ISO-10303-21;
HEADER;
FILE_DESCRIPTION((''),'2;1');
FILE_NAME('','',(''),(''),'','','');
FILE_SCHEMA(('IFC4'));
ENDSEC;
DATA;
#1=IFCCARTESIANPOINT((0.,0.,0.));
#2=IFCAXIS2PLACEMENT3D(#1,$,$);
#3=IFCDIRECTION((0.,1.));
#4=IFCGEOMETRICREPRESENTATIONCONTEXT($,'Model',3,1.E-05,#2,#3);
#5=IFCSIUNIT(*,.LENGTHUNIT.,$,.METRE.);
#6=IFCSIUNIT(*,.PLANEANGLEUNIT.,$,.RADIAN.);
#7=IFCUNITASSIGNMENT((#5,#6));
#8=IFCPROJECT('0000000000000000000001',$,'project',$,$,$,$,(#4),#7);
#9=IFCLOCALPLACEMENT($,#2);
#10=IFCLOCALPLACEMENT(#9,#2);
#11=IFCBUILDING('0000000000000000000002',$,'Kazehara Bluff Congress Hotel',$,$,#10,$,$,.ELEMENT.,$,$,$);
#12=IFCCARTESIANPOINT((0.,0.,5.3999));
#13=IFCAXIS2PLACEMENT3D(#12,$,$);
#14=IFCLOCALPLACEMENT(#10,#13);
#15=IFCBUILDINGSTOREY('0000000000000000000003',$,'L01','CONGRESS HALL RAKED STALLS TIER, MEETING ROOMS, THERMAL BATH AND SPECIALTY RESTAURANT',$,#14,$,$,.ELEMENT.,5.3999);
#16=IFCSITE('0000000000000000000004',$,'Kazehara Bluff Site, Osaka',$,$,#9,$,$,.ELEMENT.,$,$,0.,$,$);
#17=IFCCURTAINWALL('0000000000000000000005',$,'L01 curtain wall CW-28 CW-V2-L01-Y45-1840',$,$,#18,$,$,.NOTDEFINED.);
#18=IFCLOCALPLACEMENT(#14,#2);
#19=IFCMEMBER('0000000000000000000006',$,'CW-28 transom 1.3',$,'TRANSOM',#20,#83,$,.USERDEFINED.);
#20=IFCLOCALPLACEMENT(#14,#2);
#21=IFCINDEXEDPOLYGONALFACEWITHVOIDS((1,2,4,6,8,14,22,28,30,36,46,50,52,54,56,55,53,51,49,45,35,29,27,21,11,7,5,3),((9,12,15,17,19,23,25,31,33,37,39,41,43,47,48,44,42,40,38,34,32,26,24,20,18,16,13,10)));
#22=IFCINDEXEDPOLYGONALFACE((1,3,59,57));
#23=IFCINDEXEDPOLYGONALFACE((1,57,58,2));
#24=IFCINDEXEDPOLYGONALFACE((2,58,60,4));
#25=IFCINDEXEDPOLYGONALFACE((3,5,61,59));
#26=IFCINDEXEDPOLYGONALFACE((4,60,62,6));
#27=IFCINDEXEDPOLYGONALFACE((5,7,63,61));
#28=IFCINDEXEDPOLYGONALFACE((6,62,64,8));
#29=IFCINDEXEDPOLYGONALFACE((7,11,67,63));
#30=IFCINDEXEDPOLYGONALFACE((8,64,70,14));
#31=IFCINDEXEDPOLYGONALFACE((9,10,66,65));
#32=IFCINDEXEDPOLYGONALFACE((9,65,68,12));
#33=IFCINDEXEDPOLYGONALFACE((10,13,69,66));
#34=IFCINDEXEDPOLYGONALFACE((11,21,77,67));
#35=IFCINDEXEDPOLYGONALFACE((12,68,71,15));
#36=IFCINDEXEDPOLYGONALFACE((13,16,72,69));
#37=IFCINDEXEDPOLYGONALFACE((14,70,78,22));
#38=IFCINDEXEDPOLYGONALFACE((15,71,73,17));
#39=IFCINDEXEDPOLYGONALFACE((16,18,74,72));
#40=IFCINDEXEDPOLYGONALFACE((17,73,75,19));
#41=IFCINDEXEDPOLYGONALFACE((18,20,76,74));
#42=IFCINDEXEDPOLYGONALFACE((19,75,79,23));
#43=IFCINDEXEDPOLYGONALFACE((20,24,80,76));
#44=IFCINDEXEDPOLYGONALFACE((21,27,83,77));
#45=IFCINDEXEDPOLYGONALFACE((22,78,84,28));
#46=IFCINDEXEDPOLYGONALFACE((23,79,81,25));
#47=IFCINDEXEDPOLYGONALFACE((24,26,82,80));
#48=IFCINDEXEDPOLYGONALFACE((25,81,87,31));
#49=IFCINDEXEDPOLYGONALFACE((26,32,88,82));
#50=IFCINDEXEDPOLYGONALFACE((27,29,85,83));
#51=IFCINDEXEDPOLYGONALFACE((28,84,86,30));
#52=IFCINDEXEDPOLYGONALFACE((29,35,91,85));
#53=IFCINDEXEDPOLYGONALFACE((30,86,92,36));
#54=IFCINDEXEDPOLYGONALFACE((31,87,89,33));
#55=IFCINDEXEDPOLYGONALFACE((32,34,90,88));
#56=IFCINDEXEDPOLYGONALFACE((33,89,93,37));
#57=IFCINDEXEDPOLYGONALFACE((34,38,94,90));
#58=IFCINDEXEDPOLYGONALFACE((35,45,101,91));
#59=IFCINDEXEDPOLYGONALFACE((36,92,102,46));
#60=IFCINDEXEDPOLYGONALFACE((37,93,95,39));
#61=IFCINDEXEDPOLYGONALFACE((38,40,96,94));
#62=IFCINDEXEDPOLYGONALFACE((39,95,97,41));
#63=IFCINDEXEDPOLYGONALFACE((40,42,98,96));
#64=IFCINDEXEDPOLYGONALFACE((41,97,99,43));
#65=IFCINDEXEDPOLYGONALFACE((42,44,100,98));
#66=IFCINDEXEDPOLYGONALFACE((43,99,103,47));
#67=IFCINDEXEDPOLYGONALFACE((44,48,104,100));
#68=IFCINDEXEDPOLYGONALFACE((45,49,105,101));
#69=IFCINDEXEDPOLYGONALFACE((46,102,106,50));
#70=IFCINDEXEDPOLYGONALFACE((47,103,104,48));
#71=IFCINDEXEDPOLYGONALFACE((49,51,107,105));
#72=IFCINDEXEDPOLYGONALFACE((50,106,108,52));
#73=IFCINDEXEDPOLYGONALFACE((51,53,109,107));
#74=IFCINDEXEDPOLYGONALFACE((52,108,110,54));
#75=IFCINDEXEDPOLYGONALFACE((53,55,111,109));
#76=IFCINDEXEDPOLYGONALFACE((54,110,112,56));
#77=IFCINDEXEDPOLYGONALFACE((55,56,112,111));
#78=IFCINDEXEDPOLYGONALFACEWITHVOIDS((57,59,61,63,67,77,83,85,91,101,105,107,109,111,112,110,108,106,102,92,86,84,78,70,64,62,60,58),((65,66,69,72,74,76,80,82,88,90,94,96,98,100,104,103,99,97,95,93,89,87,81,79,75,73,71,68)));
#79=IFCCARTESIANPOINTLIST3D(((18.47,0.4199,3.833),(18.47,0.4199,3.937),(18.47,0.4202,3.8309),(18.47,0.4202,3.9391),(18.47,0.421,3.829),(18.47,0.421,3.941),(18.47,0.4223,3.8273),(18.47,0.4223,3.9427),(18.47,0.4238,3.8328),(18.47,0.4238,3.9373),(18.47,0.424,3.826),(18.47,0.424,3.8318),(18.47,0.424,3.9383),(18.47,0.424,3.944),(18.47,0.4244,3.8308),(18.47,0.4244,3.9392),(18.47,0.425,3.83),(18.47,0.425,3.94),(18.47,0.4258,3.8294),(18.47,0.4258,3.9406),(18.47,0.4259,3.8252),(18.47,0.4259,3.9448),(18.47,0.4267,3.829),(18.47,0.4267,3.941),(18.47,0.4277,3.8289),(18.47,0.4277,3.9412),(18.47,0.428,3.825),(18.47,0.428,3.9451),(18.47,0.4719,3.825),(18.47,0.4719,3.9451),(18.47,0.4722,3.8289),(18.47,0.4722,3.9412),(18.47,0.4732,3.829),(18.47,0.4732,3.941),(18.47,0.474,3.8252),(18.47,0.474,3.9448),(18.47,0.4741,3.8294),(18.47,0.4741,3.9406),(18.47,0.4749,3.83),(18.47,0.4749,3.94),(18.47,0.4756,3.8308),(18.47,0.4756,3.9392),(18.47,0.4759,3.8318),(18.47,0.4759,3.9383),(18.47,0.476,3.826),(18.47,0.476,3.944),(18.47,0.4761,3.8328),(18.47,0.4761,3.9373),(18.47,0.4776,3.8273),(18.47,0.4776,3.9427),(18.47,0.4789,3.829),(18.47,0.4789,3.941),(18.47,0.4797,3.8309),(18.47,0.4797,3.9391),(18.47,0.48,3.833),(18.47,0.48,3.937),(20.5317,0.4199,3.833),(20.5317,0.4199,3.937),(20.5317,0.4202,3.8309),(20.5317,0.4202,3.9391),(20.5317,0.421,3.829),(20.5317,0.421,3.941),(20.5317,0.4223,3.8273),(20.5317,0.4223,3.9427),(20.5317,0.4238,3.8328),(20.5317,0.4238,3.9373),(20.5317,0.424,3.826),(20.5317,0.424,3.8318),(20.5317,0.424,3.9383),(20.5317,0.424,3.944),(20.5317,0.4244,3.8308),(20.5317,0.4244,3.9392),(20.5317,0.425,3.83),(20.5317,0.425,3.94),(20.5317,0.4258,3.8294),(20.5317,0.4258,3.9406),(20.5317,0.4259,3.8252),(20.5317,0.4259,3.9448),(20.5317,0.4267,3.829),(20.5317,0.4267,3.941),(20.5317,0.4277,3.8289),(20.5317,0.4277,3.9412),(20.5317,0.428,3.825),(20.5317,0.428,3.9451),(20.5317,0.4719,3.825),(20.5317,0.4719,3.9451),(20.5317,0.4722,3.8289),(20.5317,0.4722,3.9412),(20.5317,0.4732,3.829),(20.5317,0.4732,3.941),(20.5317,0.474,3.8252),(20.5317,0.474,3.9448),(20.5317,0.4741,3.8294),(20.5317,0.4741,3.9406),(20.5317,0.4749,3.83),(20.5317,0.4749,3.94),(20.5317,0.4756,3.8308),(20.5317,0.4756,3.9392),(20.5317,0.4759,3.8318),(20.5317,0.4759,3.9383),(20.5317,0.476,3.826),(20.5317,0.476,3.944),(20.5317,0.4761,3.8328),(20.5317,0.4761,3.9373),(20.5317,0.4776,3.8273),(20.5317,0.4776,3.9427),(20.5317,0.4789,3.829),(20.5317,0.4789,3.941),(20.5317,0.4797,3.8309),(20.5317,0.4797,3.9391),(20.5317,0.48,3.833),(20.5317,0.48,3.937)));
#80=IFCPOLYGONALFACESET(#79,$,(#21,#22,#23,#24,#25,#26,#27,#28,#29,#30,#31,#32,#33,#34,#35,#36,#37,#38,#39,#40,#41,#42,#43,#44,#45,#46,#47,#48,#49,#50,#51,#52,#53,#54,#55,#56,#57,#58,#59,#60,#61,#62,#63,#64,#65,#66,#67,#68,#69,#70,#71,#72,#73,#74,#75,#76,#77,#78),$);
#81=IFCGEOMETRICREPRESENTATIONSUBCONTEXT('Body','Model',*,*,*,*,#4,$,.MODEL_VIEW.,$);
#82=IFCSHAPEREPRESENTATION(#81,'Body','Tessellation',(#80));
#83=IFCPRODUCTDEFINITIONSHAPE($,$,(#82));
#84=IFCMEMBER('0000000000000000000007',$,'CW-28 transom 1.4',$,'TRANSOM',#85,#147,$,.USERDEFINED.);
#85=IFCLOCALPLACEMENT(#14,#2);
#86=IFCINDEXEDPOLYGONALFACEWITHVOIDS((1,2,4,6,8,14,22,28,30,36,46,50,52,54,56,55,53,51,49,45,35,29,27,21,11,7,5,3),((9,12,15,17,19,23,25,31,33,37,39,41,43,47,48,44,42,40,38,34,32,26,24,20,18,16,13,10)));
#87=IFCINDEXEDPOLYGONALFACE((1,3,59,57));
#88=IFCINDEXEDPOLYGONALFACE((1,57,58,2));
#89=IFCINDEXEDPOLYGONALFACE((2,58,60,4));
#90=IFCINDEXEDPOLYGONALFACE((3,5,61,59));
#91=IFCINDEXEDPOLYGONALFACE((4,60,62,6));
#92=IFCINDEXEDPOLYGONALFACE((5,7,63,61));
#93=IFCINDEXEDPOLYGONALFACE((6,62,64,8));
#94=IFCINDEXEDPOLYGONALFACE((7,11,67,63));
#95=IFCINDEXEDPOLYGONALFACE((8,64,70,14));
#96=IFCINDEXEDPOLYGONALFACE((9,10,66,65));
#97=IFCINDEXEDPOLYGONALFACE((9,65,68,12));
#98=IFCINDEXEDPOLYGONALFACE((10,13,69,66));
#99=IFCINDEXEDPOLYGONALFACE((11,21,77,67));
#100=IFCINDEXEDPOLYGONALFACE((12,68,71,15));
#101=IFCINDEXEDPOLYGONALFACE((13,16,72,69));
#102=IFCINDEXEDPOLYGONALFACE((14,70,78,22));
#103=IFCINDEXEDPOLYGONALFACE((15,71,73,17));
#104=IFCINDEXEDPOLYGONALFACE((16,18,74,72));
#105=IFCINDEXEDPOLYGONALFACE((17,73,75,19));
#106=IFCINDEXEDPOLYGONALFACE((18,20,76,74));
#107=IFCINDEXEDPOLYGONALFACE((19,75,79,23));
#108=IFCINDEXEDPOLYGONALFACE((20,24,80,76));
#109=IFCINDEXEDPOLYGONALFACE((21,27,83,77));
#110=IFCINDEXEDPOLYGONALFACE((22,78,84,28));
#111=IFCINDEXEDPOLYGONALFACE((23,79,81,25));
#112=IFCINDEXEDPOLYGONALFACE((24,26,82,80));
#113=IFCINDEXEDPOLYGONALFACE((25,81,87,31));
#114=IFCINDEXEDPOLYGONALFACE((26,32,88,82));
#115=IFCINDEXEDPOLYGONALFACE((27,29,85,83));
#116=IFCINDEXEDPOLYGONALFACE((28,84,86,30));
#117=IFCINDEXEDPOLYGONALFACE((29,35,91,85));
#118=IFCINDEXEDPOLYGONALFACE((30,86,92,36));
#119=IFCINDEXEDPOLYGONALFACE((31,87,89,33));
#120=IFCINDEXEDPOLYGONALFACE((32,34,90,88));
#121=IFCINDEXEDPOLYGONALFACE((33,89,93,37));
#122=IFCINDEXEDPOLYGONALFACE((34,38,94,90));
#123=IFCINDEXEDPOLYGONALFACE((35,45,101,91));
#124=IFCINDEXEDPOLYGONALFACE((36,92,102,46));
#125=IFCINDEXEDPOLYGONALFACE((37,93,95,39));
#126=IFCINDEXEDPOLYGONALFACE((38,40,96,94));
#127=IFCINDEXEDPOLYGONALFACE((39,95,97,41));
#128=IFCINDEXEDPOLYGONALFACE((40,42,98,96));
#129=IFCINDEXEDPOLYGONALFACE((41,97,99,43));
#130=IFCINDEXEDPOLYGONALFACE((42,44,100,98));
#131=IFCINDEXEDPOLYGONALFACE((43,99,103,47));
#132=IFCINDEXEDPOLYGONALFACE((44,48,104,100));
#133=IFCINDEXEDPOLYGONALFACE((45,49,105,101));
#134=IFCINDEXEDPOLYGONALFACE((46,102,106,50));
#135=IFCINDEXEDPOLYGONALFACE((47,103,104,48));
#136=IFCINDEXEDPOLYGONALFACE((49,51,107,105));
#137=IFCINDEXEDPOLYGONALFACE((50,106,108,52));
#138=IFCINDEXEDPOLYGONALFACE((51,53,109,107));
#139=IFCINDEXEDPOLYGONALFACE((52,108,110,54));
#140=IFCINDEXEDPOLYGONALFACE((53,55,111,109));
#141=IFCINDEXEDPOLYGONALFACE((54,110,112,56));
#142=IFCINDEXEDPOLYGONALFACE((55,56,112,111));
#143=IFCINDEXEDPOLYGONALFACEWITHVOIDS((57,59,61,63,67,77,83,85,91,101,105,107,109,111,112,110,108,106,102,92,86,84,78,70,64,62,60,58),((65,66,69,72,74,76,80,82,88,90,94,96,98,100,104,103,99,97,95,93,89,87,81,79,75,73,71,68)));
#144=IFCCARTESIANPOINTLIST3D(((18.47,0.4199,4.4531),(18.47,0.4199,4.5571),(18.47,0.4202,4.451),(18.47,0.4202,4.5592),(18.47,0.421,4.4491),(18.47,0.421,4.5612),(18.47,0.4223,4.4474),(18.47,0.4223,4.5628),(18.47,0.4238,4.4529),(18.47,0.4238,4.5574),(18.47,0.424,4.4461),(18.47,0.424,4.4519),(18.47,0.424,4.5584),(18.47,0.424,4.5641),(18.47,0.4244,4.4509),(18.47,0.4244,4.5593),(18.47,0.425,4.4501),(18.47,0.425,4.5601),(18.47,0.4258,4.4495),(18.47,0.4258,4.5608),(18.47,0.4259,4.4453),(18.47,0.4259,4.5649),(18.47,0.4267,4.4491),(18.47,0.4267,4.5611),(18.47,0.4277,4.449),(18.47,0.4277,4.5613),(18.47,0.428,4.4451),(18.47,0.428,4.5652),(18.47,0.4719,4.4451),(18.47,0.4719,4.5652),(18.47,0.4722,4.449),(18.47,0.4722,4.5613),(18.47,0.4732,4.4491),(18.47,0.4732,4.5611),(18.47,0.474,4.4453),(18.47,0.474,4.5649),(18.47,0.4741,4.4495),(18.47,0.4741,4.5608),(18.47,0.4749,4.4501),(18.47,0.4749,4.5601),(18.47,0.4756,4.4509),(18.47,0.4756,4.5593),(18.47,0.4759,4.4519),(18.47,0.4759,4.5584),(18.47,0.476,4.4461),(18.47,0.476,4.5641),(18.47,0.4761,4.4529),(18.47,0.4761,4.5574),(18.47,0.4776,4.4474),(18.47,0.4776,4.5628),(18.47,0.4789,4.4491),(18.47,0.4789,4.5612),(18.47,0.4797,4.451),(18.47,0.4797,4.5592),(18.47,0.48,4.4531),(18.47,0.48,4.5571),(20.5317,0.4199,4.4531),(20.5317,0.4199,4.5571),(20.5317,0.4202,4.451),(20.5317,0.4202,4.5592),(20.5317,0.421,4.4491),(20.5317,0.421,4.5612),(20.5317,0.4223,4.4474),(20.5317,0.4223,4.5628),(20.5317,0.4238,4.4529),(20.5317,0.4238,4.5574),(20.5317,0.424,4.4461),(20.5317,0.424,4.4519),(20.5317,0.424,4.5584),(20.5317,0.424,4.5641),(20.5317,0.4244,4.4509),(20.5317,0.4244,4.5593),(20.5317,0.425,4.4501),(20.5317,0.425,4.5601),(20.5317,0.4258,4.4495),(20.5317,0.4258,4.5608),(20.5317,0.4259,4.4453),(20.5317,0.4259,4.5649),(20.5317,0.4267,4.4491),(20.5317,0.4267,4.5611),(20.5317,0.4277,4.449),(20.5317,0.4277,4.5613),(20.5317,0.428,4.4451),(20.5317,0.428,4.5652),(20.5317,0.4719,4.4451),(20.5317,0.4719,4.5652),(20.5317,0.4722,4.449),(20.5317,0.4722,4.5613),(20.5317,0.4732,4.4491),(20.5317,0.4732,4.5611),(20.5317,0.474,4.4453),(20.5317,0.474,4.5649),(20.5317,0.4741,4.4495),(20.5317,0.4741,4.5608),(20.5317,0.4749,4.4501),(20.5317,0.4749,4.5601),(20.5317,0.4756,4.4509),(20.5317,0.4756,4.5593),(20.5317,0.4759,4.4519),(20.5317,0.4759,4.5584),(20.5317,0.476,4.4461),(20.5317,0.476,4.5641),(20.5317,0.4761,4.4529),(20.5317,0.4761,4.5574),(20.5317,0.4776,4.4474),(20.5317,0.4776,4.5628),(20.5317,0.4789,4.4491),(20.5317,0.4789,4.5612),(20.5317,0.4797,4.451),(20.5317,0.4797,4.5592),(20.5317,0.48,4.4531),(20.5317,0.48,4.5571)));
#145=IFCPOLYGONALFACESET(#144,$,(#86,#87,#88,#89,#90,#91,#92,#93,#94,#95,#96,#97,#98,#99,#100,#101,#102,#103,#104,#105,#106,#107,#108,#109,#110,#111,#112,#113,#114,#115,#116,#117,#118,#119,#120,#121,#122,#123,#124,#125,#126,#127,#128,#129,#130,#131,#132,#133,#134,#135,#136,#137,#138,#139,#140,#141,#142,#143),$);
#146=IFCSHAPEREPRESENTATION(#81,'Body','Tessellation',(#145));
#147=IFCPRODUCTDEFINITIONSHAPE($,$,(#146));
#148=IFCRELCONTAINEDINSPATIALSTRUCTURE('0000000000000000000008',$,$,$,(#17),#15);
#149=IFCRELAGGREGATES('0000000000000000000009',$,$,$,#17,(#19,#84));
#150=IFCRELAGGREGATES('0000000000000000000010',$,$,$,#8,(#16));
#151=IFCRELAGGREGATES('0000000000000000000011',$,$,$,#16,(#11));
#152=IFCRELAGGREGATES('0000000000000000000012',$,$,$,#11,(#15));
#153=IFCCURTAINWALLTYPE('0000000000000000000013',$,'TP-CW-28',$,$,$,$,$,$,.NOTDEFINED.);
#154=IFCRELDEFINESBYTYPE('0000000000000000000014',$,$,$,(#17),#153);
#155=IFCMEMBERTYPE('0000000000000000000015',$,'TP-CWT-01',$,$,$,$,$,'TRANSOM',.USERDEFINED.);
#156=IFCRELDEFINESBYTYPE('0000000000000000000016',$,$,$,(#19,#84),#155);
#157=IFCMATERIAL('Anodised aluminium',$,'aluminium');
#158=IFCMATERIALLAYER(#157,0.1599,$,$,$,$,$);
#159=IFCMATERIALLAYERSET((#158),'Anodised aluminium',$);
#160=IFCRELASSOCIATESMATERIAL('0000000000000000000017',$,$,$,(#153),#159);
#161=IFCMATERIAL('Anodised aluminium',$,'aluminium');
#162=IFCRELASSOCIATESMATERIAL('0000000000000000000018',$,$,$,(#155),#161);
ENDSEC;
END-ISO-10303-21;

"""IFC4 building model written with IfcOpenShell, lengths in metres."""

from ifc_helpers import new_model, si_unit, direction, frame, origin, origin_2d, place, context, subcontext, project, spatial, hollow_rectangle, extrude, material, layer, layer_set, material_profile, profile_set, type_object, element, aggregate, save


model = new_model("IFC4")

# Units and contexts
model_context = context("Model", 3, precision=1e-05, world=origin(), true_north=direction((0.0, 1.0)))
body_context = subcontext(model_context, "Body", "Model", "MODEL_VIEW")
ifc_project = project(units=[si_unit("LENGTHUNIT", "METRE"), si_unit("PLANEANGLEUNIT", "RADIAN")], contexts=[model_context])

# Site, building, storey
site_placement = place(None, origin())
site = spatial("IfcSite", under=ifc_project, at=site_placement, Name="Kazehara Bluff Site, Osaka", CompositionType="ELEMENT", RefElevation=0.0)
building_placement = place(site_placement, origin())
building = spatial("IfcBuilding", under=site, at=building_placement, Name="Kazehara Bluff Congress Hotel", CompositionType="ELEMENT")
storey_placement = place(building_placement, frame((0.0, 0.0, 5.3999)))
storey = spatial("IfcBuildingStorey", under=building, at=storey_placement, Name="L01", Description="CONGRESS HALL RAKED STALLS TIER, MEETING ROOMS, THERMAL BATH AND SPECIALTY RESTAURANT", CompositionType="ELEMENT", Elevation=5.3999)

# Curtain wall, members
ifc_material_1 = material(Name="Anodised aluminium", Category="aluminium")
ifc_layer_1 = layer(ifc_material_1, 0.1599)
ifc_layer_set_1 = layer_set([ifc_layer_1], Name="Anodised aluminium")
curtain_wall_type_1 = type_object("IfcCurtainWallType", Name="TP-CW-28", PredefinedType="NOTDEFINED", material=ifc_layer_set_1)
curtain_wall_1_placement = place(storey_placement, origin())
curtain_wall_1 = element("IfcCurtainWall", 1, at=curtain_wall_1_placement, inside=storey, type_object=curtain_wall_type_1, Name="L01 curtain wall CW-28 CW-V2-L01-Y45-1840", PredefinedType="NOTDEFINED")
ifc_material_2 = material(Name="Anodised aluminium", Category="aluminium")
ifc_material_profile_1 = material_profile(ifc_material_2, hollow_rectangle(XDim=0.0601, YDim=0.1201, WallThickness=0.0039, InnerFilletRadius=0.0039, OuterFilletRadius=0.0081, at=origin_2d()))
ifc_profile_set_1 = profile_set([ifc_material_profile_1], Name="Anodised aluminium")
member_type_1 = type_object("IfcMemberType", Name="TP-CWT-01", ElementType="TRANSOM", PredefinedType="USERDEFINED", material=ifc_profile_set_1)
member_1_placement = place(storey_placement, frame((18.47, 0.45, 3.885), z_axis=(1.0, 0.0, 0.0), x_axis=(0.0, 1.0, 0.0)))
member_1 = element("IfcMember", 2, at=member_1_placement, type_object=member_type_1, Name="CW-28 transom 1.3", ObjectType="TRANSOM", PredefinedType="USERDEFINED", context=body_context, shape_type="SweptSolid", body=[
    extrude(hollow_rectangle(XDim=0.0601, YDim=0.1201, WallThickness=0.0039, InnerFilletRadius=0.0039, OuterFilletRadius=0.0081, at=origin_2d()), origin(), (0.0, 0.0, 1.0), 2.0618),
])
member_2_placement = place(storey_placement, frame((18.47, 0.45, 4.5051), z_axis=(1.0, 0.0, 0.0), x_axis=(0.0, 1.0, 0.0)))
member_2 = element("IfcMember", 3, at=member_2_placement, type_object=member_type_1, Name="CW-28 transom 1.4", ObjectType="TRANSOM", PredefinedType="USERDEFINED", context=body_context, shape_type="SweptSolid", body=[
    extrude(hollow_rectangle(XDim=0.0601, YDim=0.1201, WallThickness=0.0039, InnerFilletRadius=0.0039, OuterFilletRadius=0.0081, at=origin_2d()), origin(), (0.0, 0.0, 1.0), 2.0618),
])

aggregate(curtain_wall_1, [member_1, member_2])

save(model, "model.ifc")
